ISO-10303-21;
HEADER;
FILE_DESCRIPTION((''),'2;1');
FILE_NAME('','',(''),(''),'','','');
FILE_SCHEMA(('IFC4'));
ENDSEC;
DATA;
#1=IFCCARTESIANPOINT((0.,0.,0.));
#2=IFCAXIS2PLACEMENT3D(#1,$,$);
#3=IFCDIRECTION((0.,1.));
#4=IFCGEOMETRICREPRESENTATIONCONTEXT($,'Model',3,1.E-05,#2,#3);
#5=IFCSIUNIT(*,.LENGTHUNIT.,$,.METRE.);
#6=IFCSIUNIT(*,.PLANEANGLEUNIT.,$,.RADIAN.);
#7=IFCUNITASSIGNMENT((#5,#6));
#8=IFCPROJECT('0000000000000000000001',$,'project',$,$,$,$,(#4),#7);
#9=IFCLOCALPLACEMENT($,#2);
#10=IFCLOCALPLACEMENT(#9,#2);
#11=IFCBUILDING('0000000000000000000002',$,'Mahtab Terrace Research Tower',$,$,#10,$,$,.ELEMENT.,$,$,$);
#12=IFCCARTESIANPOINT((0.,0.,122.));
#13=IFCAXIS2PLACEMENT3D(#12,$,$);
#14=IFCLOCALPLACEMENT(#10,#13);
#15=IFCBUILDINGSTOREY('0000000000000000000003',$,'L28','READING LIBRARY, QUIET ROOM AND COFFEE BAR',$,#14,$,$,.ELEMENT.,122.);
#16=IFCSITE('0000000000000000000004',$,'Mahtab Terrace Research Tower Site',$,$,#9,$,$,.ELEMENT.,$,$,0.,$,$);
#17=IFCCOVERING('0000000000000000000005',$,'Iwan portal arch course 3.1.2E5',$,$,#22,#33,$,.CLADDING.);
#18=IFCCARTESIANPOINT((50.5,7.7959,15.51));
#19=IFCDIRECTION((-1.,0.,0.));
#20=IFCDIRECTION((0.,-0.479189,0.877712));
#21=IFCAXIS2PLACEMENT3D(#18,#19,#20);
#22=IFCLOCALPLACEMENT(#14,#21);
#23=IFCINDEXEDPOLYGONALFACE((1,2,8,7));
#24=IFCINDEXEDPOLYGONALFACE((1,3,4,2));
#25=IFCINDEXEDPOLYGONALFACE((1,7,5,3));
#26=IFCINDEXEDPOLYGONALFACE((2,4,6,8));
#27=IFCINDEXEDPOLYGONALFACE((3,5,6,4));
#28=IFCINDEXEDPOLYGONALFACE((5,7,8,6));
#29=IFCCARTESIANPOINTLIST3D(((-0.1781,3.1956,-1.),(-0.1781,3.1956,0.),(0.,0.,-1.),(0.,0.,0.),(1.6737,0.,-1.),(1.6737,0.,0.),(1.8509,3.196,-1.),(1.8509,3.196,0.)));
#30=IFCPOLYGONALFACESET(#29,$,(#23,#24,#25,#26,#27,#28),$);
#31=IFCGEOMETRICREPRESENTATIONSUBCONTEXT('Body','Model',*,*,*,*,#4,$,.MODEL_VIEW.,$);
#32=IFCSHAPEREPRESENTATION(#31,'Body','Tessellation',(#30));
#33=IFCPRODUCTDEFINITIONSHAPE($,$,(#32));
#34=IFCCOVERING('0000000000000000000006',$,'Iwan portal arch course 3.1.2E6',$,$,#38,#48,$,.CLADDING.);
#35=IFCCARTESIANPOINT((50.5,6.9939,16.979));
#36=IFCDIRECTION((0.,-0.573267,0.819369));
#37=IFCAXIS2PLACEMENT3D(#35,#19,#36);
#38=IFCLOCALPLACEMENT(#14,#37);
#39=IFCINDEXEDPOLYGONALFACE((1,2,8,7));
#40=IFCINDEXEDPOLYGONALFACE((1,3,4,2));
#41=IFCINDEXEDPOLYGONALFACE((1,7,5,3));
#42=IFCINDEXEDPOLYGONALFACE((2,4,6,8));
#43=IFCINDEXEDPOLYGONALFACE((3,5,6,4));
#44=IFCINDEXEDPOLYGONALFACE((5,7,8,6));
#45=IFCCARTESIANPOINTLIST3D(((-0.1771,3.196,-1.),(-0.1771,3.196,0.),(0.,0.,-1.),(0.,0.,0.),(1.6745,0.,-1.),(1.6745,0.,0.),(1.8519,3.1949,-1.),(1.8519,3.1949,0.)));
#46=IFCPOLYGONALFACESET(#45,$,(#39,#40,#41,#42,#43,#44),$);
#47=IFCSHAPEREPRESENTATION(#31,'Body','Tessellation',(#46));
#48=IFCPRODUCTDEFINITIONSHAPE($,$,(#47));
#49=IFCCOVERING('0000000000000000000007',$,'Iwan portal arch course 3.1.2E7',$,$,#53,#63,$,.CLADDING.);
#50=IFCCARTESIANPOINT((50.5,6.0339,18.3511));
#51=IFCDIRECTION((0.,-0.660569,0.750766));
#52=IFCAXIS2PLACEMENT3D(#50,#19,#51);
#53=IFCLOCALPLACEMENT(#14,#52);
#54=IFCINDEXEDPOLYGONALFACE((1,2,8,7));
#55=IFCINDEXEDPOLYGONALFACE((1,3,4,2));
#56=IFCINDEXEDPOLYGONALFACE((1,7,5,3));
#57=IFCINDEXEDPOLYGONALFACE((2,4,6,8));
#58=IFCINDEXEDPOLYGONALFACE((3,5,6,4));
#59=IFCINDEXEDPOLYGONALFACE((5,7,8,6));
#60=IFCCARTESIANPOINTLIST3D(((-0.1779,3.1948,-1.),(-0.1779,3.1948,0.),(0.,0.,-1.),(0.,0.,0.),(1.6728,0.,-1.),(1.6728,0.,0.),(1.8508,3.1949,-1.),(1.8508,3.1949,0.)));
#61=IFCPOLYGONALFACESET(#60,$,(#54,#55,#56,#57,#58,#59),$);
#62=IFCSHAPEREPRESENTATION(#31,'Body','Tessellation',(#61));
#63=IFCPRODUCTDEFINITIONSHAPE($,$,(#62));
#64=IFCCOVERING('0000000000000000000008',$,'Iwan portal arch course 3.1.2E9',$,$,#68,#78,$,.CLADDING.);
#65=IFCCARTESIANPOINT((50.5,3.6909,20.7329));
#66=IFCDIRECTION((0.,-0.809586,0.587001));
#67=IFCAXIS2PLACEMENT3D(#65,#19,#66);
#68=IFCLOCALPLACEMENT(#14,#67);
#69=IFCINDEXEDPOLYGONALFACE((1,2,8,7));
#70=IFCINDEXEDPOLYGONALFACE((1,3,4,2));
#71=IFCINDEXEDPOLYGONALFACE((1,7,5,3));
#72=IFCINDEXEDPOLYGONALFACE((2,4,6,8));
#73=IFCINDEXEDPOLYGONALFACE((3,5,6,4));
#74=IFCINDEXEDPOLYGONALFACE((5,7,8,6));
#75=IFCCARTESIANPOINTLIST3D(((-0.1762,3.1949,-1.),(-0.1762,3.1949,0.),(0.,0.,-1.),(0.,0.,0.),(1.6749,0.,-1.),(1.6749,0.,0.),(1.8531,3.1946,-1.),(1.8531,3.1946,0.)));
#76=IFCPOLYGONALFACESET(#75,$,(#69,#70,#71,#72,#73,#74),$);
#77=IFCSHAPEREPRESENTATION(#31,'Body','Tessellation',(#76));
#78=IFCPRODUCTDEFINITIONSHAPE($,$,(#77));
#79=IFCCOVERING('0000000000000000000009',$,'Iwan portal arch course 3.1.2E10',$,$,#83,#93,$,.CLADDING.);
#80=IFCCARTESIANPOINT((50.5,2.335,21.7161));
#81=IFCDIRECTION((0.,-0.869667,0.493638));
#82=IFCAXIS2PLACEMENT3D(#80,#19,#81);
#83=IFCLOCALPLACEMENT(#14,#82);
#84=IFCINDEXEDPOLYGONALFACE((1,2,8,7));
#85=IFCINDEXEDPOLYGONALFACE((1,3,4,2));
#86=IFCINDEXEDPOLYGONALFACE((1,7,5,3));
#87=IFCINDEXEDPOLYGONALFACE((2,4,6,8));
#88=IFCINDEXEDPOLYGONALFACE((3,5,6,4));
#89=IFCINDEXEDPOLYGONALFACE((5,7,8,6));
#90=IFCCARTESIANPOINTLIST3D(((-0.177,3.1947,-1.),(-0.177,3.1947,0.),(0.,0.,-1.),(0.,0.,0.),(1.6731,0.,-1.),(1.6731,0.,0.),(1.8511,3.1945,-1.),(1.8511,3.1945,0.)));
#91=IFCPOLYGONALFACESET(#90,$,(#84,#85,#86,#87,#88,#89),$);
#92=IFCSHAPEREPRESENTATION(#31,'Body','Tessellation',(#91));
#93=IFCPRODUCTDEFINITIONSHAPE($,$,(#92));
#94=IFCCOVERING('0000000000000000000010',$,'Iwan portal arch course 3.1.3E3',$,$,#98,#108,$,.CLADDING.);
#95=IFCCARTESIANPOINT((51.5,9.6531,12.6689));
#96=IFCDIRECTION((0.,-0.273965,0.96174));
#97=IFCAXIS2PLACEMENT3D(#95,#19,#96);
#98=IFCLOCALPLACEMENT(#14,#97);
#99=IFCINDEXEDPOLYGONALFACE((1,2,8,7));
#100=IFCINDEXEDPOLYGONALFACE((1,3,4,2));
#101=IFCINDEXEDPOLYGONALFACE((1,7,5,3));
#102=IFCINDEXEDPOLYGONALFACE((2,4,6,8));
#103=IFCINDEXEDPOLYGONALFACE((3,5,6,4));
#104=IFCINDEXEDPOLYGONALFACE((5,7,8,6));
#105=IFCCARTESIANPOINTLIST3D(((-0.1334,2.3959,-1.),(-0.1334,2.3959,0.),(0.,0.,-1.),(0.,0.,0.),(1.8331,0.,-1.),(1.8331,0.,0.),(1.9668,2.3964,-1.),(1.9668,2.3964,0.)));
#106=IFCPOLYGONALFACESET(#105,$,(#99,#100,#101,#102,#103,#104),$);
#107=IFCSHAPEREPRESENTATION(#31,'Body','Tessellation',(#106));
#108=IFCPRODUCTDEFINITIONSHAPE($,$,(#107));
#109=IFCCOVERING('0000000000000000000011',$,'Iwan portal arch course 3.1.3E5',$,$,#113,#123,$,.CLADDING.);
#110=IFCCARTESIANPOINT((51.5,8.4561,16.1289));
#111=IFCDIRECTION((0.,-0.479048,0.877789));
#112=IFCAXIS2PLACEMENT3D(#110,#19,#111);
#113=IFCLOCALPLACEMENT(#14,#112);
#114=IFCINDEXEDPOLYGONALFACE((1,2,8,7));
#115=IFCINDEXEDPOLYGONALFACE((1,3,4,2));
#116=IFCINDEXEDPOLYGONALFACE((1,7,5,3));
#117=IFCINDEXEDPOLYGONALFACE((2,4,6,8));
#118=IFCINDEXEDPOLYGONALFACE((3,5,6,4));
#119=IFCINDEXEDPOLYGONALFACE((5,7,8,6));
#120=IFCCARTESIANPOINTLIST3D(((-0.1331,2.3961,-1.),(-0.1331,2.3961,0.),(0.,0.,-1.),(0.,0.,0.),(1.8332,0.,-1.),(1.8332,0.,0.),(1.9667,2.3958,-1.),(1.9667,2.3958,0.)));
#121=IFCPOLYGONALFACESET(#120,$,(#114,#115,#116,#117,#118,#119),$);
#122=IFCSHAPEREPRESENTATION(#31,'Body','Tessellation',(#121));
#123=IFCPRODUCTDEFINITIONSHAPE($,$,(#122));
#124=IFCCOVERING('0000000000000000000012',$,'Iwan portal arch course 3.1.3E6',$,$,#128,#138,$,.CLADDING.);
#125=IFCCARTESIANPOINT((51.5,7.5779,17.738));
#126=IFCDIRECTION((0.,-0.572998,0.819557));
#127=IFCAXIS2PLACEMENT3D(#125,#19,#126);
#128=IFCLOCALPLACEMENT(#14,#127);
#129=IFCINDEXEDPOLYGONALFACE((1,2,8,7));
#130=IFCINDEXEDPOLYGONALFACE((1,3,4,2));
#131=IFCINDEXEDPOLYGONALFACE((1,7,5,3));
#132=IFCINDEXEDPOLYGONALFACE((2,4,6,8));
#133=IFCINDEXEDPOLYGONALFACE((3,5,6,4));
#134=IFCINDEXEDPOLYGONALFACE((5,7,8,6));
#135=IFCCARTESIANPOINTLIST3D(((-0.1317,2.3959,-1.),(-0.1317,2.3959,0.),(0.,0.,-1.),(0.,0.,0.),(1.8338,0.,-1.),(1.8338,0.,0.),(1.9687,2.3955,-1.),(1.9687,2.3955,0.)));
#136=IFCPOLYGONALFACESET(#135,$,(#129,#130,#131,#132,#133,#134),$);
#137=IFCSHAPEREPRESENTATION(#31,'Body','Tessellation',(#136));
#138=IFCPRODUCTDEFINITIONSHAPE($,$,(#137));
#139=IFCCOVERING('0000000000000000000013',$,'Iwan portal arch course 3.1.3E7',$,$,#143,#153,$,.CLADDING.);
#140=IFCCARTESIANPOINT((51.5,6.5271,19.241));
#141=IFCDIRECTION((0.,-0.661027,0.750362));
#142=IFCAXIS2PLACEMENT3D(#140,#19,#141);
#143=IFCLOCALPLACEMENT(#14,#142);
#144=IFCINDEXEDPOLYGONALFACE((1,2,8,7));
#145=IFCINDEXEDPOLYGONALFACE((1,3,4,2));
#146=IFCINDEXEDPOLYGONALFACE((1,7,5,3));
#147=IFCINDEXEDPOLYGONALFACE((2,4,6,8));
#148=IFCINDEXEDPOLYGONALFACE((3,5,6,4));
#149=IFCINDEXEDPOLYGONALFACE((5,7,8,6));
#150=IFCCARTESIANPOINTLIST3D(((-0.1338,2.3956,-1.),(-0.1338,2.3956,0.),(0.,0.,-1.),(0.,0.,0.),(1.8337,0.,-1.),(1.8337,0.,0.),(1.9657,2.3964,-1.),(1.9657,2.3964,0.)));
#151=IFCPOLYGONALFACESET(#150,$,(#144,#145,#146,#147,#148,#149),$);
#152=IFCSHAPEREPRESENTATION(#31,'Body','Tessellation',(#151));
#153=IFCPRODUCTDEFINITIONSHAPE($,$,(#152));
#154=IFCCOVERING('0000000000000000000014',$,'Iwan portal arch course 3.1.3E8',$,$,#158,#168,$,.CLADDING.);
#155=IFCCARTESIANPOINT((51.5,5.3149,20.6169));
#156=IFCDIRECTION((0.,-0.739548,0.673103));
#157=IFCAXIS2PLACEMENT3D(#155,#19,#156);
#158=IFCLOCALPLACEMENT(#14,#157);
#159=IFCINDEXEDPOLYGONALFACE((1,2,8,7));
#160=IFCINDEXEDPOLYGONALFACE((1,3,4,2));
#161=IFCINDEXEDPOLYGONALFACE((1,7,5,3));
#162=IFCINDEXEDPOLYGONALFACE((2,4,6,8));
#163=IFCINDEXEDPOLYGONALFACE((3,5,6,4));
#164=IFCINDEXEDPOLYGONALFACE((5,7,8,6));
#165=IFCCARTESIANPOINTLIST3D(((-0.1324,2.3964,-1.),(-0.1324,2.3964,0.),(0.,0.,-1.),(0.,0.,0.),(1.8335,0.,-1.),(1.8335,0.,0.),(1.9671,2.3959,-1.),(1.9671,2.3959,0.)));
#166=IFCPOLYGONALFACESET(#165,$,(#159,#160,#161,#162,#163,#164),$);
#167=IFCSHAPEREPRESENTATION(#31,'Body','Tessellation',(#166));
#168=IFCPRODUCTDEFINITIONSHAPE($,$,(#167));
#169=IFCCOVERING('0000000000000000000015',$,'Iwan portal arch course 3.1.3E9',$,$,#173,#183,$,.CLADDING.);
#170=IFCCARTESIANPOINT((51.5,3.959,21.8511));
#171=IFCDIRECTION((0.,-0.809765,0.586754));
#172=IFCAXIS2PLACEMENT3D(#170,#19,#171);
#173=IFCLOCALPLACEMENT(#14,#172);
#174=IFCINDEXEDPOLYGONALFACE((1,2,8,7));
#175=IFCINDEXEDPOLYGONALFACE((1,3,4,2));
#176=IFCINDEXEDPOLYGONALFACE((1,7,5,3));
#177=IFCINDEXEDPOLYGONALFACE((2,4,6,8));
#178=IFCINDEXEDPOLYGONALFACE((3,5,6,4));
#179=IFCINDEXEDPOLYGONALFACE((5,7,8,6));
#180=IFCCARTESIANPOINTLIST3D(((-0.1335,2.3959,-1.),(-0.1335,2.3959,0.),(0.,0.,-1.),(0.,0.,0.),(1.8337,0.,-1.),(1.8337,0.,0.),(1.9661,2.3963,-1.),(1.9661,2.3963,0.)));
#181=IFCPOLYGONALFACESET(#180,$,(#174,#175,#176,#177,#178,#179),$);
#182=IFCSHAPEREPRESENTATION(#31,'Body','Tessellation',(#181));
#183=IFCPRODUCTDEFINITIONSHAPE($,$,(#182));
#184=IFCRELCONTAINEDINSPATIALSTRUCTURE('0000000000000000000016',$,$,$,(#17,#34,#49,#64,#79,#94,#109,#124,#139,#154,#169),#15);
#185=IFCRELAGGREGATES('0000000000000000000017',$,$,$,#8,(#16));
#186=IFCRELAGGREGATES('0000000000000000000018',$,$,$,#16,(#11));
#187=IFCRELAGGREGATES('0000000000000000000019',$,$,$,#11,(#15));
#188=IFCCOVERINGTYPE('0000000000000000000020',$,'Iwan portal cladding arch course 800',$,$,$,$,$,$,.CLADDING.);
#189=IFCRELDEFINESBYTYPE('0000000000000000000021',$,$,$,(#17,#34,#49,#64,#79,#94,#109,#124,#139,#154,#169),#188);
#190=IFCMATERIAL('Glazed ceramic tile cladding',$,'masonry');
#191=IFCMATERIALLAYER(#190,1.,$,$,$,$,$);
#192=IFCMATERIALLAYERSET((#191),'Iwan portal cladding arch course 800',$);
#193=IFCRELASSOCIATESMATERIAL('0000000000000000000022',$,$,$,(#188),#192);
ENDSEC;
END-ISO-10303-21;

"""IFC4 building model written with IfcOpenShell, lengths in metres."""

from ifc_helpers import new_model, si_unit, direction, frame, origin, place, context, subcontext, project, spatial, polyline, outline, extrude, material, layer, layer_set, type_object, element, save


model = new_model("IFC4")

# Units and contexts
model_context = context("Model", 3, precision=1e-05, world=origin(), true_north=direction((0.0, 1.0)))
body_context = subcontext(model_context, "Body", "Model", "MODEL_VIEW")
ifc_project = project(units=[si_unit("LENGTHUNIT", "METRE"), si_unit("PLANEANGLEUNIT", "RADIAN")], contexts=[model_context])

# Site, building, storey
site_placement = place(None, origin())
site = spatial("IfcSite", under=ifc_project, at=site_placement, Name="Mahtab Terrace Research Tower Site", CompositionType="ELEMENT", RefElevation=0.0)
building_placement = place(site_placement, origin())
building = spatial("IfcBuilding", under=site, at=building_placement, Name="Mahtab Terrace Research Tower", CompositionType="ELEMENT")
storey_placement = place(building_placement, frame((0.0, 0.0, 122.0)))
storey = spatial("IfcBuildingStorey", under=building, at=storey_placement, Name="L28", Description="READING LIBRARY, QUIET ROOM AND COFFEE BAR", CompositionType="ELEMENT", Elevation=122.0)

# Coverings
ifc_material_1 = material(Name="Glazed ceramic tile cladding", Category="masonry")
ifc_layer_1 = layer(ifc_material_1, 1.0)
ifc_layer_set_1 = layer_set([ifc_layer_1], Name="Iwan portal cladding arch course 800")
covering_type_1 = type_object("IfcCoveringType", Name="Iwan portal cladding arch course 800", PredefinedType="CLADDING", material=ifc_layer_set_1)
covering_1_placement = place(storey_placement, frame((50.5, 7.7959, 15.51), z_axis=(-1.0, 0.0, 0.0), x_axis=(0.0, -0.479189, 0.877712)))
element("IfcCovering", 1, at=covering_1_placement, inside=storey, type_object=covering_type_1, Name="Iwan portal arch course 3.1.2E5", PredefinedType="CLADDING", context=body_context, shape_type="SweptSolid", body=[
    extrude(outline(polyline([(0.0, 0.0), (1.6737, 0.0), (1.8509, 3.196), (-0.1781, 3.1956), (0.0, 0.0)])), origin(), (0.0, 0.0, -1.0), 1.0),
])
covering_2_placement = place(storey_placement, frame((50.5, 6.9939, 16.979), z_axis=(-1.0, 0.0, 0.0), x_axis=(0.0, -0.573267, 0.819369)))
element("IfcCovering", 2, at=covering_2_placement, inside=storey, type_object=covering_type_1, Name="Iwan portal arch course 3.1.2E6", PredefinedType="CLADDING", context=body_context, shape_type="SweptSolid", body=[
    extrude(outline(polyline([(0.0, 0.0), (1.6745, 0.0), (1.8519, 3.1949), (-0.1771, 3.196), (0.0, 0.0)])), origin(), (0.0, 0.0, -1.0), 1.0),
])
covering_3_placement = place(storey_placement, frame((50.5, 6.0339, 18.3511), z_axis=(-1.0, 0.0, 0.0), x_axis=(0.0, -0.660569, 0.750766)))
element("IfcCovering", 3, at=covering_3_placement, inside=storey, type_object=covering_type_1, Name="Iwan portal arch course 3.1.2E7", PredefinedType="CLADDING", context=body_context, shape_type="SweptSolid", body=[
    extrude(outline(polyline([(0.0, 0.0), (1.6728, 0.0), (1.8508, 3.1949), (-0.1779, 3.1948), (0.0, 0.0)])), origin(), (0.0, 0.0, -1.0), 1.0),
])
covering_4_placement = place(storey_placement, frame((50.5, 3.6909, 20.7329), z_axis=(-1.0, 0.0, 0.0), x_axis=(0.0, -0.809586, 0.587001)))
element("IfcCovering", 4, at=covering_4_placement, inside=storey, type_object=covering_type_1, Name="Iwan portal arch course 3.1.2E9", PredefinedType="CLADDING", context=body_context, shape_type="SweptSolid", body=[
    extrude(outline(polyline([(0.0, 0.0), (1.6749, 0.0), (1.8531, 3.1946), (-0.1762, 3.1949), (0.0, 0.0)])), origin(), (0.0, 0.0, -1.0), 1.0),
])
covering_5_placement = place(storey_placement, frame((50.5, 2.335, 21.7161), z_axis=(-1.0, 0.0, 0.0), x_axis=(0.0, -0.869667, 0.493638)))
element("IfcCovering", 5, at=covering_5_placement, inside=storey, type_object=covering_type_1, Name="Iwan portal arch course 3.1.2E10", PredefinedType="CLADDING", context=body_context, shape_type="SweptSolid", body=[
    extrude(outline(polyline([(0.0, 0.0), (1.6731, 0.0), (1.8511, 3.1945), (-0.177, 3.1947), (0.0, 0.0)])), origin(), (0.0, 0.0, -1.0), 1.0),
])
covering_6_placement = place(storey_placement, frame((51.5, 9.6531, 12.6689), z_axis=(-1.0, 0.0, 0.0), x_axis=(0.0, -0.273965, 0.96174)))
element("IfcCovering", 6, at=covering_6_placement, inside=storey, type_object=covering_type_1, Name="Iwan portal arch course 3.1.3E3", PredefinedType="CLADDING", context=body_context, shape_type="SweptSolid", body=[
    extrude(outline(polyline([(0.0, 0.0), (1.8331, 0.0), (1.9668, 2.3964), (-0.1334, 2.3959), (0.0, 0.0)])), origin(), (0.0, 0.0, -1.0), 1.0),
])
covering_7_placement = place(storey_placement, frame((51.5, 8.4561, 16.1289), z_axis=(-1.0, 0.0, 0.0), x_axis=(0.0, -0.479048, 0.877789)))
element("IfcCovering", 7, at=covering_7_placement, inside=storey, type_object=covering_type_1, Name="Iwan portal arch course 3.1.3E5", PredefinedType="CLADDING", context=body_context, shape_type="SweptSolid", body=[
    extrude(outline(polyline([(0.0, 0.0), (1.8332, 0.0), (1.9667, 2.3958), (-0.1331, 2.3961), (0.0, 0.0)])), origin(), (0.0, 0.0, -1.0), 1.0),
])
covering_8_placement = place(storey_placement, frame((51.5, 7.5779, 17.738), z_axis=(-1.0, 0.0, 0.0), x_axis=(0.0, -0.572998, 0.819557)))
element("IfcCovering", 8, at=covering_8_placement, inside=storey, type_object=covering_type_1, Name="Iwan portal arch course 3.1.3E6", PredefinedType="CLADDING", context=body_context, shape_type="SweptSolid", body=[
    extrude(outline(polyline([(0.0, 0.0), (1.8338, 0.0), (1.9687, 2.3955), (-0.1317, 2.3959), (0.0, 0.0)])), origin(), (0.0, 0.0, -1.0), 1.0),
])
covering_9_placement = place(storey_placement, frame((51.5, 6.5271, 19.241), z_axis=(-1.0, 0.0, 0.0), x_axis=(0.0, -0.661027, 0.750362)))
element("IfcCovering", 9, at=covering_9_placement, inside=storey, type_object=covering_type_1, Name="Iwan portal arch course 3.1.3E7", PredefinedType="CLADDING", context=body_context, shape_type="SweptSolid", body=[
    extrude(outline(polyline([(0.0, 0.0), (1.8337, 0.0), (1.9657, 2.3964), (-0.1338, 2.3956), (0.0, 0.0)])), origin(), (0.0, 0.0, -1.0), 1.0),
])
covering_10_placement = place(storey_placement, frame((51.5, 5.3149, 20.6169), z_axis=(-1.0, 0.0, 0.0), x_axis=(0.0, -0.739548, 0.673103)))
element("IfcCovering", 10, at=covering_10_placement, inside=storey, type_object=covering_type_1, Name="Iwan portal arch course 3.1.3E8", PredefinedType="CLADDING", context=body_context, shape_type="SweptSolid", body=[
    extrude(outline(polyline([(0.0, 0.0), (1.8335, 0.0), (1.9671, 2.3959), (-0.1324, 2.3964), (0.0, 0.0)])), origin(), (0.0, 0.0, -1.0), 1.0),
])
covering_11_placement = place(storey_placement, frame((51.5, 3.959, 21.8511), z_axis=(-1.0, 0.0, 0.0), x_axis=(0.0, -0.809765, 0.586754)))
element("IfcCovering", 11, at=covering_11_placement, inside=storey, type_object=covering_type_1, Name="Iwan portal arch course 3.1.3E9", PredefinedType="CLADDING", context=body_context, shape_type="SweptSolid", body=[
    extrude(outline(polyline([(0.0, 0.0), (1.8337, 0.0), (1.9661, 2.3963), (-0.1335, 2.3959), (0.0, 0.0)])), origin(), (0.0, 0.0, -1.0), 1.0),
])

save(model, "model.ifc")
